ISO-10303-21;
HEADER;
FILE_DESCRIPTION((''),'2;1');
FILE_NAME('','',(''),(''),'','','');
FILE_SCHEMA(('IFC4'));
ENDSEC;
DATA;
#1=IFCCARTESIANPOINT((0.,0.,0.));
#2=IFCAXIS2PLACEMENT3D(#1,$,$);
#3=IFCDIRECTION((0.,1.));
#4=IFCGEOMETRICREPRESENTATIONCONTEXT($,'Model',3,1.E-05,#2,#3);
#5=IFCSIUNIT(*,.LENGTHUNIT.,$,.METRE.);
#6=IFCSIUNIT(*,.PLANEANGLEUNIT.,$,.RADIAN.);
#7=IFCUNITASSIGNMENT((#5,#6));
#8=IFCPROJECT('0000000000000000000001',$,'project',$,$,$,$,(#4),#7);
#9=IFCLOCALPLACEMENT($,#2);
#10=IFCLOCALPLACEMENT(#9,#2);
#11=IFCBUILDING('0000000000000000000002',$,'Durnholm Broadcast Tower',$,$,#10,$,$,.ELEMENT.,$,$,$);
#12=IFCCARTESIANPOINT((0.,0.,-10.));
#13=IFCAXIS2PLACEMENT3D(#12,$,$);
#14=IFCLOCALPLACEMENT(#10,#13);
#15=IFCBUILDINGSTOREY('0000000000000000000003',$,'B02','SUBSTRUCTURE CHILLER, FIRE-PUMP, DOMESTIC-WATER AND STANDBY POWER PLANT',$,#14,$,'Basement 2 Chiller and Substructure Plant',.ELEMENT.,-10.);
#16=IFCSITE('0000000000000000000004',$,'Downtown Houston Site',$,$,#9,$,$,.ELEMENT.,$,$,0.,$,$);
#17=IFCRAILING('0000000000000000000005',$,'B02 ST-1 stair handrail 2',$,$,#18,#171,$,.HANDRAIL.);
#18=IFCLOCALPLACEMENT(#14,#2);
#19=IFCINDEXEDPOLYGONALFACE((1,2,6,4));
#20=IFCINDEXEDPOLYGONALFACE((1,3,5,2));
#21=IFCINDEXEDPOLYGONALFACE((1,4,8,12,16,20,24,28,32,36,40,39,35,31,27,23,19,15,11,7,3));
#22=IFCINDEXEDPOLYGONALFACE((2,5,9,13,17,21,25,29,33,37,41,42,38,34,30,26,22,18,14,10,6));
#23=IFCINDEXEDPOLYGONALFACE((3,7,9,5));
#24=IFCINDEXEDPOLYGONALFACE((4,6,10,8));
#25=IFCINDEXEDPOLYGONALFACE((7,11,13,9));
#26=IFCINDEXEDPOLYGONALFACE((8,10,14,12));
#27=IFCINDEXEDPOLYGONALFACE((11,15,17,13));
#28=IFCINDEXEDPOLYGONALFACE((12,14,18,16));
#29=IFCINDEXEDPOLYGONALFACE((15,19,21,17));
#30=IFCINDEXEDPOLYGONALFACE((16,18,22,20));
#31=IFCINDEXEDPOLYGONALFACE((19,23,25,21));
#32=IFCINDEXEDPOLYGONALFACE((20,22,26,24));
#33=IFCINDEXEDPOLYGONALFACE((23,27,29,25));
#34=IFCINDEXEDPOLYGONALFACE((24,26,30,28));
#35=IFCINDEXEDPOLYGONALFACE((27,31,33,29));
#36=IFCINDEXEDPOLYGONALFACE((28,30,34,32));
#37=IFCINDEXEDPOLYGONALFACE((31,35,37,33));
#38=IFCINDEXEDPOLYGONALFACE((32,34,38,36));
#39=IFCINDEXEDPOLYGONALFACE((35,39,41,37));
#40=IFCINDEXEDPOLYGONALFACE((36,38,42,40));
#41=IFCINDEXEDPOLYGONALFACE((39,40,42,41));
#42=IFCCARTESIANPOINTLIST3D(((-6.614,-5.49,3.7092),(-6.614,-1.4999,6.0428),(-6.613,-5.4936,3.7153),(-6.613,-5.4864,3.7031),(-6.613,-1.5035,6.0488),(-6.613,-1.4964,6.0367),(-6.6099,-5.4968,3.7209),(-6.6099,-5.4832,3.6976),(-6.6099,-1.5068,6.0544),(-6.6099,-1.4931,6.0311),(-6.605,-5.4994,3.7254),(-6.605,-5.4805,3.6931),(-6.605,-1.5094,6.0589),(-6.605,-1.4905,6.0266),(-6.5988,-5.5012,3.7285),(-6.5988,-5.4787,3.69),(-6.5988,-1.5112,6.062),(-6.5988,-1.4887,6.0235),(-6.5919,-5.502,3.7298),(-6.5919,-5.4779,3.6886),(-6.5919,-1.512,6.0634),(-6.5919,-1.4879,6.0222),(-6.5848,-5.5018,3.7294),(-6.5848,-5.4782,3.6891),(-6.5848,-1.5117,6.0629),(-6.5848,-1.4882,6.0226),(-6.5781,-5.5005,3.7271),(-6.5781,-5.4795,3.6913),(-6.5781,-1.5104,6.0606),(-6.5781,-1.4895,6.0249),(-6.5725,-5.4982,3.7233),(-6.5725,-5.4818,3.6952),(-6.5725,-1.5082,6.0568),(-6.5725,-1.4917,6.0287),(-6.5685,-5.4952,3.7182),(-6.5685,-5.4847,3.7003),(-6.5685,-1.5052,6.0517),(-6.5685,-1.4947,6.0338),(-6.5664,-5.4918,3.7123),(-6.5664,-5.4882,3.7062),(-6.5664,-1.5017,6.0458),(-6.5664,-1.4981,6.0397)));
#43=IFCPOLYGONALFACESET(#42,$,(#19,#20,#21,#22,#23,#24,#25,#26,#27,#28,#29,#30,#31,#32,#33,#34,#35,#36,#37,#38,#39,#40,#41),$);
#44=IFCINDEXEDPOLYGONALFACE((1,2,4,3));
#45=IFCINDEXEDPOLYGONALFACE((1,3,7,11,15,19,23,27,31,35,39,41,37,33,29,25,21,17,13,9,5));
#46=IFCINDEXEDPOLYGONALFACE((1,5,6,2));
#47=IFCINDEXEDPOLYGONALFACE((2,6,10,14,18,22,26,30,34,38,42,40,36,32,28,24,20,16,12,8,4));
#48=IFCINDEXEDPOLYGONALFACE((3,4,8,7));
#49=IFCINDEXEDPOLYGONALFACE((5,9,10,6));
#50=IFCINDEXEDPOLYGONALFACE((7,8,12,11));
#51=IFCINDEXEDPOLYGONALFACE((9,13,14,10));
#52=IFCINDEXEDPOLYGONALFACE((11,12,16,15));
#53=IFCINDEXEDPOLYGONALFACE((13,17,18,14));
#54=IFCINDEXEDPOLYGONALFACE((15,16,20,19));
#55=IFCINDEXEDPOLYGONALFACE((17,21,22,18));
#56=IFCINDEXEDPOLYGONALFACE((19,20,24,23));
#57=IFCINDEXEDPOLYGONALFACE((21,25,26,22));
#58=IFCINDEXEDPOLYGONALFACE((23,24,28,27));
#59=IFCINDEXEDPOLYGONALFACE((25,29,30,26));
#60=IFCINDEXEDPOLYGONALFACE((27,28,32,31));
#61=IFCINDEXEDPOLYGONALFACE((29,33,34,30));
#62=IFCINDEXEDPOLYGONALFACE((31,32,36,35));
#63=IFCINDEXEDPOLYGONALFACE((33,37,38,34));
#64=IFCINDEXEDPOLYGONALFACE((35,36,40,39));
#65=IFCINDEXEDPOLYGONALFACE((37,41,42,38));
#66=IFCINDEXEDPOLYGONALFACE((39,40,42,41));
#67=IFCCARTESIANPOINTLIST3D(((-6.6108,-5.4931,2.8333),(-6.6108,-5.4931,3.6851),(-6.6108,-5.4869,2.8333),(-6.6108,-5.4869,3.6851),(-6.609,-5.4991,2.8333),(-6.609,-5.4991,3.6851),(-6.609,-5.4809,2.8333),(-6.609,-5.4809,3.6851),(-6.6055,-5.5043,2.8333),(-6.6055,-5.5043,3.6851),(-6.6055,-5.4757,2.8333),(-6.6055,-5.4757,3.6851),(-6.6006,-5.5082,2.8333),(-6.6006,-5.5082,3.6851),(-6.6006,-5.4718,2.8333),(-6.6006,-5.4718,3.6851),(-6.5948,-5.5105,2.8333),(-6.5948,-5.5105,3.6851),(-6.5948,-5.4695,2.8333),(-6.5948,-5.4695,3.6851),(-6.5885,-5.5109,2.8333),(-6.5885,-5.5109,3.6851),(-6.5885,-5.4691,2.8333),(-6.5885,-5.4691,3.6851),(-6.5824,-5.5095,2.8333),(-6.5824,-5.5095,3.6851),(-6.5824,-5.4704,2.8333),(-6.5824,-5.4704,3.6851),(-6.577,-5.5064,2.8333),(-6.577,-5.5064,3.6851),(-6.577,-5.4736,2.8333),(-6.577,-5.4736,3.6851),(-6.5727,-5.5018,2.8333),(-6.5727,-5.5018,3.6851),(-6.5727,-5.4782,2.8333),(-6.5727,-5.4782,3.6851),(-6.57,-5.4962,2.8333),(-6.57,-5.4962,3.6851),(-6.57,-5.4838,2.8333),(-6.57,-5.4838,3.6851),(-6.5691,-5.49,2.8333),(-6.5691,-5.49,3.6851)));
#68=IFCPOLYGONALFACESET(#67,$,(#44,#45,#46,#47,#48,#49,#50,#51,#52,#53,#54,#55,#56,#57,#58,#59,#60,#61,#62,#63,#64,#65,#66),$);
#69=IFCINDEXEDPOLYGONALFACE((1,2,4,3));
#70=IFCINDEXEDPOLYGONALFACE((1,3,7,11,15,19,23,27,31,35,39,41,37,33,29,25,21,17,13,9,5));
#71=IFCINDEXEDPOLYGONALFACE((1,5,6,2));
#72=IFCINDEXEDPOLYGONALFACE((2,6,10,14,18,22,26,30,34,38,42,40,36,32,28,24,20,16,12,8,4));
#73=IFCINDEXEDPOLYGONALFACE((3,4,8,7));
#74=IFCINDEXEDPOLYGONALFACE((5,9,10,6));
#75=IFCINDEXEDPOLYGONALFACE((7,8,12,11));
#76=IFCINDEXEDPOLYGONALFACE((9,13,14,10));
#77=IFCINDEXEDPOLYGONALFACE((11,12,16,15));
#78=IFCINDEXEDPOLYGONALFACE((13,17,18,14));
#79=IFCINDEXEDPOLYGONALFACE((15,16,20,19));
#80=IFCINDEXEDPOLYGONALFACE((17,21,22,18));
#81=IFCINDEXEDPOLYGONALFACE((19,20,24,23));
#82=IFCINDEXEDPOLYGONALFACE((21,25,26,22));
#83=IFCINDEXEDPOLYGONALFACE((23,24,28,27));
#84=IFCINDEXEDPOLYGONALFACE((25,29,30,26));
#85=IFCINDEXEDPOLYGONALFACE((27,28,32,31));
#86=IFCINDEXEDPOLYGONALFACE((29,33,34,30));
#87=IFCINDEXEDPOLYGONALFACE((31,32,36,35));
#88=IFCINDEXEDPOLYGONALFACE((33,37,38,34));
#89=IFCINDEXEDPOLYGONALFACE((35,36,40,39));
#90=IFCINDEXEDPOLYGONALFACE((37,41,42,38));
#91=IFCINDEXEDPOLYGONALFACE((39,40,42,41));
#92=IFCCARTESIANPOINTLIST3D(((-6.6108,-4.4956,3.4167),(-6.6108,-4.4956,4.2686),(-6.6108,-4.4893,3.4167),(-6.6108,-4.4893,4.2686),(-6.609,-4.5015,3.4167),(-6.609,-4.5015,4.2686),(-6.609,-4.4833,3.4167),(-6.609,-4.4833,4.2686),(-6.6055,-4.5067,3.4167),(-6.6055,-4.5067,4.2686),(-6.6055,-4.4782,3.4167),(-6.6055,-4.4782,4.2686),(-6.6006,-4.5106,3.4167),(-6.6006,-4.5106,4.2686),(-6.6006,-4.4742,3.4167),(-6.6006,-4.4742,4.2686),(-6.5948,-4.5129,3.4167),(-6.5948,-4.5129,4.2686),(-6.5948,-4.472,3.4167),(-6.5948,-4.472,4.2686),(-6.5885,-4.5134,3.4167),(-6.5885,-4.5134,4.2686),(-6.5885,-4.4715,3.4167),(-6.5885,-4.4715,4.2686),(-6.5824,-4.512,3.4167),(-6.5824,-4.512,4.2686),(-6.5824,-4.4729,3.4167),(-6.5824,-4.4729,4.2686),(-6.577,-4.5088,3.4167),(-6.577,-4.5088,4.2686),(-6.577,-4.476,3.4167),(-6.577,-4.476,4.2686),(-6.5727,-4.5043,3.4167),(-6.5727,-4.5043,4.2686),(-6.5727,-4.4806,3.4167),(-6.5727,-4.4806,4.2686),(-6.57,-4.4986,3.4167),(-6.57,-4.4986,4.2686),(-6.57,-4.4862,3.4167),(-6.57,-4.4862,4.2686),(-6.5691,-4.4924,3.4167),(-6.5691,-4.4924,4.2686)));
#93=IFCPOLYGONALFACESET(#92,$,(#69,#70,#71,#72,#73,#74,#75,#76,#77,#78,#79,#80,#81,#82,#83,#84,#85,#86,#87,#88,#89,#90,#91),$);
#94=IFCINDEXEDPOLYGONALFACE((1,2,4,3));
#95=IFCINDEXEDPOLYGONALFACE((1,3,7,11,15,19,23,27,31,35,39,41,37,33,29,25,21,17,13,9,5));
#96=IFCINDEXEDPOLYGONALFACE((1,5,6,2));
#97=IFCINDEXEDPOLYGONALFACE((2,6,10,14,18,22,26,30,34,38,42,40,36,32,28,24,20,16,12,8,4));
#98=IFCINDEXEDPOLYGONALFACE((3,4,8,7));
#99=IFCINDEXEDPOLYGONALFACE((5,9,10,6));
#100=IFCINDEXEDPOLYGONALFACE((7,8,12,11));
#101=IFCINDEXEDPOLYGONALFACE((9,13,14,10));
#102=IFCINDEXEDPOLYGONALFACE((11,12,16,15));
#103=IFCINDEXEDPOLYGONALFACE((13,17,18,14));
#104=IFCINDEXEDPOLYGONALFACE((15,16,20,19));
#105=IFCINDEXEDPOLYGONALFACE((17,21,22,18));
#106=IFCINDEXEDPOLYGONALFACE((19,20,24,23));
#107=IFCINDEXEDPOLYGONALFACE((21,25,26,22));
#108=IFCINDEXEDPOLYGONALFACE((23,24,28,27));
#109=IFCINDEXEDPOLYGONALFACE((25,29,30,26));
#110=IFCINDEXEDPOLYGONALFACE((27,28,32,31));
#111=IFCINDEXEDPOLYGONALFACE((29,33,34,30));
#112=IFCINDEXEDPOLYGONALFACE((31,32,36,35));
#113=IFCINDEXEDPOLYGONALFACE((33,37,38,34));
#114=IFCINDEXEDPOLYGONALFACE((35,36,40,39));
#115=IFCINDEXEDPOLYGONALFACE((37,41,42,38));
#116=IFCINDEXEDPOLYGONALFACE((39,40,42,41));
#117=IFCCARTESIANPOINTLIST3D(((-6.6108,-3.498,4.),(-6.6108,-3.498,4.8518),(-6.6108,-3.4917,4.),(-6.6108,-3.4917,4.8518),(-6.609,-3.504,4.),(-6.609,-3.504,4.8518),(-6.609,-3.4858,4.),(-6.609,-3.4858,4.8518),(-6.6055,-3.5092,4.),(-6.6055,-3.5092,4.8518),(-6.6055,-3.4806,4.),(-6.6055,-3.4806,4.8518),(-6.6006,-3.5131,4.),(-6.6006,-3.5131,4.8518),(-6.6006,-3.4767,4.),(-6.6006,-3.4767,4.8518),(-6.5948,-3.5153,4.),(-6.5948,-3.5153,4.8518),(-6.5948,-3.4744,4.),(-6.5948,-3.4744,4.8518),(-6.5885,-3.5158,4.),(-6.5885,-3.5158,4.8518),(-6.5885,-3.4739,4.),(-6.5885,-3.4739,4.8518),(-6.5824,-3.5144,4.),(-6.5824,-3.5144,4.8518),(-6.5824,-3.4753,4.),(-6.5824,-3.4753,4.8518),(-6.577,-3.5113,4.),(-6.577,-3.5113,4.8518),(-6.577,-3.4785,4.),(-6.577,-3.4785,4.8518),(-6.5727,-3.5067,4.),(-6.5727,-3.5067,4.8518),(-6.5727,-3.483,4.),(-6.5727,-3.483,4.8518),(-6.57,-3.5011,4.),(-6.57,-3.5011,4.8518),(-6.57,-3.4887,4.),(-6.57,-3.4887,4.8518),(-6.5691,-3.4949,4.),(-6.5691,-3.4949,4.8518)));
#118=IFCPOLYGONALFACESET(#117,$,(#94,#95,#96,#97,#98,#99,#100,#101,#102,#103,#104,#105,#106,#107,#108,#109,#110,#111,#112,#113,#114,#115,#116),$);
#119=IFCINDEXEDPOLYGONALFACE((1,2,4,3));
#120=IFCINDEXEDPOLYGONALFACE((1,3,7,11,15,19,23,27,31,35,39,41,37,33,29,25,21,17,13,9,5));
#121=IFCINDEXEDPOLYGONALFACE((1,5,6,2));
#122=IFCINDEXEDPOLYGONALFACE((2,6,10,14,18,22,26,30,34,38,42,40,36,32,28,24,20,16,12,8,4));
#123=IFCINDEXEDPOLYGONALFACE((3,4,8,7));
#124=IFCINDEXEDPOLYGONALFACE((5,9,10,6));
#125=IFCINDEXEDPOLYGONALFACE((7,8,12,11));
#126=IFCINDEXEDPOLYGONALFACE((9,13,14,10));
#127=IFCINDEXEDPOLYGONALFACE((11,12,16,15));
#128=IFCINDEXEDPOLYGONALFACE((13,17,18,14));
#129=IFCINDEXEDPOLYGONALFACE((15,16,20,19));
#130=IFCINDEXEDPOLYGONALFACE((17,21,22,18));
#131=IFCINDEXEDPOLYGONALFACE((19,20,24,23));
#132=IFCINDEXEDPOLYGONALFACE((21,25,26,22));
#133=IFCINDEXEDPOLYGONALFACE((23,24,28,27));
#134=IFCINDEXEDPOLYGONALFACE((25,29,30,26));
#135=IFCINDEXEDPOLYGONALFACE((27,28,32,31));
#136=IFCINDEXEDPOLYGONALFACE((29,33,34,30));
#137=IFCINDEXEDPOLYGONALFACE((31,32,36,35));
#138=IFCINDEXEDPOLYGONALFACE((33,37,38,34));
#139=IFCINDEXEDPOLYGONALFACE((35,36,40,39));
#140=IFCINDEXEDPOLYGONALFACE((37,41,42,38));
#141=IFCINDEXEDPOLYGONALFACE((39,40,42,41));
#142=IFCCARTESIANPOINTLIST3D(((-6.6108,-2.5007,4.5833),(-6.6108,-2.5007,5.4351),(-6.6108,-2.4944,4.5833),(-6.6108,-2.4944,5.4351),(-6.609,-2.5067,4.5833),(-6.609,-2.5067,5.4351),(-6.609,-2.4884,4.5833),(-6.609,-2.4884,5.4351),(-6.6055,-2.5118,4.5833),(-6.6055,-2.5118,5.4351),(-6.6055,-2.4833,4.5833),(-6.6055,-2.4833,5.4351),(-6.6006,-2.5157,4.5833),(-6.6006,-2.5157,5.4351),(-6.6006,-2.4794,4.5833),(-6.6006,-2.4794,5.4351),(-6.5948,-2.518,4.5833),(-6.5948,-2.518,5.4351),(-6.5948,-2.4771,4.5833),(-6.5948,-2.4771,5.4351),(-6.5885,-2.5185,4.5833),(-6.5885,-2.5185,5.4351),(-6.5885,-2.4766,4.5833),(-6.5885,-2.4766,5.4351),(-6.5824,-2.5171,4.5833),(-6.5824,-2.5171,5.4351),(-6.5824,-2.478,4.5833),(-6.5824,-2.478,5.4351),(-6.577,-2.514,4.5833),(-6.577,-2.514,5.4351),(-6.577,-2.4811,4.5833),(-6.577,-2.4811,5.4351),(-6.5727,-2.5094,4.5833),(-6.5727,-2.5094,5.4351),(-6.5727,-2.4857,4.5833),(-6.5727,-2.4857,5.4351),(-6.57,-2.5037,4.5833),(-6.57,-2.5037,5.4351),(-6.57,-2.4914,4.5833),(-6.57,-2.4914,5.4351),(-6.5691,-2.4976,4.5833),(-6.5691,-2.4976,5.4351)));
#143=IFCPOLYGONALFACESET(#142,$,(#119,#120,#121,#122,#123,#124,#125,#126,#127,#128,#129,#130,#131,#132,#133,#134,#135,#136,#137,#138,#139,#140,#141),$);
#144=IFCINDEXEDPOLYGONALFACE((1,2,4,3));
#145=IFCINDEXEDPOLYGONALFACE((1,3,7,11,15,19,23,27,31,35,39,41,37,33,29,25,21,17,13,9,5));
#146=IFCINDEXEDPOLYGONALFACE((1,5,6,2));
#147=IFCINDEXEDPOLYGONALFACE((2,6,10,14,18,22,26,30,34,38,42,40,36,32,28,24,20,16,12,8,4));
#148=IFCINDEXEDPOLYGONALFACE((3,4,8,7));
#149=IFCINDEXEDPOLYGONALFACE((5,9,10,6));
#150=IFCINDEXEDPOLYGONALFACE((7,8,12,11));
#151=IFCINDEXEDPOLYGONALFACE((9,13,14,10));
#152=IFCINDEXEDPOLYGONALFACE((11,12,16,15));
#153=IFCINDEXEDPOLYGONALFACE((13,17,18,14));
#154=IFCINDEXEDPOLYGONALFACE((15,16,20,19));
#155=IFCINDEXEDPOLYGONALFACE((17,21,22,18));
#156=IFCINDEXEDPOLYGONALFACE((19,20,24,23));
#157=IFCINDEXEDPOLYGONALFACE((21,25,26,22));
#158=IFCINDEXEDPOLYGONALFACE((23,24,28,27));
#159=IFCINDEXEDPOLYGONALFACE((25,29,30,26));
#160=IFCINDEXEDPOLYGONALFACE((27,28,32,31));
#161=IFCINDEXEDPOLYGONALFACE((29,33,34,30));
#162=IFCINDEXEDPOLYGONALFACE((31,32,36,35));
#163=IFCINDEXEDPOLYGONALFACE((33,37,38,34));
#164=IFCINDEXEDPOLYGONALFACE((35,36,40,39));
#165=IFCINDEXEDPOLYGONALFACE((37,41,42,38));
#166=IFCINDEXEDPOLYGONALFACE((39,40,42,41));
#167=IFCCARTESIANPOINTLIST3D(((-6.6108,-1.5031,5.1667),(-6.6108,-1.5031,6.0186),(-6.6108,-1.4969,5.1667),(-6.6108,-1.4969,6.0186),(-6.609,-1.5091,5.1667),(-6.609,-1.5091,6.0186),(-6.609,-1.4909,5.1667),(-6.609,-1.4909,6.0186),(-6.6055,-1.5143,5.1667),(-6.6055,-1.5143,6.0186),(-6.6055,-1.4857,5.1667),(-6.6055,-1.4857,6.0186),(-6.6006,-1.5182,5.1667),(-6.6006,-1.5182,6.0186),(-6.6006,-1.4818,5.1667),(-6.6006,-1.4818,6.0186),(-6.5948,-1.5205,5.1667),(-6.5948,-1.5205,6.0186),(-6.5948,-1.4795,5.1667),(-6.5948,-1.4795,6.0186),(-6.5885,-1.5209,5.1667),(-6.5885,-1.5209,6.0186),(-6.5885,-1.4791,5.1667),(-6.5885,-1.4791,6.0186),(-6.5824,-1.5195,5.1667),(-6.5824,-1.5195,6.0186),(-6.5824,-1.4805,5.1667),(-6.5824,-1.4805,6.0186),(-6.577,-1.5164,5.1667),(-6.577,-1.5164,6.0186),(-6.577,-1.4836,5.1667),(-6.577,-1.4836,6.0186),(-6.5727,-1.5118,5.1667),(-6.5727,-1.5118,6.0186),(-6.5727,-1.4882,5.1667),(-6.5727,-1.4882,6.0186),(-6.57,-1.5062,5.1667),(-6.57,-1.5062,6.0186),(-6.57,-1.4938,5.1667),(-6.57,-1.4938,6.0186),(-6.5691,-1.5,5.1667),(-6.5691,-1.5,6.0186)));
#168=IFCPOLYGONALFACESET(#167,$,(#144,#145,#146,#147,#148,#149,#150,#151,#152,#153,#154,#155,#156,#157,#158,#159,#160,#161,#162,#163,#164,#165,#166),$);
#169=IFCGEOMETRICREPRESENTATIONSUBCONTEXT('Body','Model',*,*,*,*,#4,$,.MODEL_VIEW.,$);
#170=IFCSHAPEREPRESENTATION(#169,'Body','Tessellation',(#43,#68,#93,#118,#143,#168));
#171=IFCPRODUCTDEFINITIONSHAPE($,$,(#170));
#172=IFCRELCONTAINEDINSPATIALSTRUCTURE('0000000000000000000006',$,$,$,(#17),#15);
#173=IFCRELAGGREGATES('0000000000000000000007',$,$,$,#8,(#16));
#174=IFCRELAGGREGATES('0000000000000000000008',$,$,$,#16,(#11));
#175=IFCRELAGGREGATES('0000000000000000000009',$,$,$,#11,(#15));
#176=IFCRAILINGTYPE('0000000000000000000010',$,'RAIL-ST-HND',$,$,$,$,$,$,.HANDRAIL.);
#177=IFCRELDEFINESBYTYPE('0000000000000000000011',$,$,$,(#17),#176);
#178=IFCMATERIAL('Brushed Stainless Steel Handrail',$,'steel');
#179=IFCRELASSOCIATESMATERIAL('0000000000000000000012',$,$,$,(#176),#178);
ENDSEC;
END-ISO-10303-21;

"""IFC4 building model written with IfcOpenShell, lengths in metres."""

from ifc_helpers import new_model, si_unit, direction, frame, origin, origin_2d, place, context, subcontext, project, spatial, circle, extrude, material, type_object, element, save


model = new_model("IFC4")

# Units and contexts
model_context = context("Model", 3, precision=1e-05, world=origin(), true_north=direction((0.0, 1.0)))
body_context = subcontext(model_context, "Body", "Model", "MODEL_VIEW")
ifc_project = project(units=[si_unit("LENGTHUNIT", "METRE"), si_unit("PLANEANGLEUNIT", "RADIAN")], contexts=[model_context])

# Site, building, storey
site_placement = place(None, origin())
site = spatial("IfcSite", under=ifc_project, at=site_placement, Name="Downtown Houston Site", CompositionType="ELEMENT", RefElevation=0.0)
building_placement = place(site_placement, origin())
building = spatial("IfcBuilding", under=site, at=building_placement, Name="Durnholm Broadcast Tower", CompositionType="ELEMENT")
storey_placement = place(building_placement, frame((0.0, 0.0, -10.0)))
storey = spatial("IfcBuildingStorey", under=building, at=storey_placement, Name="B02", Description="SUBSTRUCTURE CHILLER, FIRE-PUMP, DOMESTIC-WATER AND STANDBY POWER PLANT", LongName="Basement 2 Chiller and Substructure Plant", CompositionType="ELEMENT", Elevation=-10.0)

# Railing
ifc_material_1 = material(Name="Brushed Stainless Steel Handrail", Category="steel")
railing_type_1 = type_object("IfcRailingType", Name="RAIL-ST-HND", PredefinedType="HANDRAIL", material=ifc_material_1)
railing_1_placement = place(storey_placement, frame((-6.5901, -5.49, 2.8333)))
element("IfcRailing", 1, at=railing_1_placement, inside=storey, type_object=railing_type_1, Name="B02 ST-1 stair handrail 2", PredefinedType="HANDRAIL", context=body_context, shape_type="SweptSolid", body=[
    extrude(circle(Radius=0.0239, at=origin_2d()), frame((0.0, 0.0, 0.876), z_axis=(0.0, 0.863213, 0.50484), x_axis=(-1.0, 0.0, 0.0)), (0.0, 0.0, 1.0), 4.6223),
    extrude(circle(Radius=0.021, at=origin_2d()), origin(), (0.0, 0.0, 1.0), 0.8518),
    extrude(circle(Radius=0.021, at=origin_2d()), frame((0.0, 0.9976, 0.5835)), (0.0, 0.0, 1.0), 0.8518),
    extrude(circle(Radius=0.021, at=origin_2d()), frame((0.0, 1.9951, 1.1667)), (0.0, 0.0, 1.0), 0.8518),
    extrude(circle(Radius=0.021, at=origin_2d()), frame((0.0, 2.9924, 1.75)), (0.0, 0.0, 1.0), 0.8518),
    extrude(circle(Radius=0.021, at=origin_2d()), frame((0.0, 3.99, 2.3335)), (0.0, 0.0, 1.0), 0.8518),
])

save(model, "model.ifc")
